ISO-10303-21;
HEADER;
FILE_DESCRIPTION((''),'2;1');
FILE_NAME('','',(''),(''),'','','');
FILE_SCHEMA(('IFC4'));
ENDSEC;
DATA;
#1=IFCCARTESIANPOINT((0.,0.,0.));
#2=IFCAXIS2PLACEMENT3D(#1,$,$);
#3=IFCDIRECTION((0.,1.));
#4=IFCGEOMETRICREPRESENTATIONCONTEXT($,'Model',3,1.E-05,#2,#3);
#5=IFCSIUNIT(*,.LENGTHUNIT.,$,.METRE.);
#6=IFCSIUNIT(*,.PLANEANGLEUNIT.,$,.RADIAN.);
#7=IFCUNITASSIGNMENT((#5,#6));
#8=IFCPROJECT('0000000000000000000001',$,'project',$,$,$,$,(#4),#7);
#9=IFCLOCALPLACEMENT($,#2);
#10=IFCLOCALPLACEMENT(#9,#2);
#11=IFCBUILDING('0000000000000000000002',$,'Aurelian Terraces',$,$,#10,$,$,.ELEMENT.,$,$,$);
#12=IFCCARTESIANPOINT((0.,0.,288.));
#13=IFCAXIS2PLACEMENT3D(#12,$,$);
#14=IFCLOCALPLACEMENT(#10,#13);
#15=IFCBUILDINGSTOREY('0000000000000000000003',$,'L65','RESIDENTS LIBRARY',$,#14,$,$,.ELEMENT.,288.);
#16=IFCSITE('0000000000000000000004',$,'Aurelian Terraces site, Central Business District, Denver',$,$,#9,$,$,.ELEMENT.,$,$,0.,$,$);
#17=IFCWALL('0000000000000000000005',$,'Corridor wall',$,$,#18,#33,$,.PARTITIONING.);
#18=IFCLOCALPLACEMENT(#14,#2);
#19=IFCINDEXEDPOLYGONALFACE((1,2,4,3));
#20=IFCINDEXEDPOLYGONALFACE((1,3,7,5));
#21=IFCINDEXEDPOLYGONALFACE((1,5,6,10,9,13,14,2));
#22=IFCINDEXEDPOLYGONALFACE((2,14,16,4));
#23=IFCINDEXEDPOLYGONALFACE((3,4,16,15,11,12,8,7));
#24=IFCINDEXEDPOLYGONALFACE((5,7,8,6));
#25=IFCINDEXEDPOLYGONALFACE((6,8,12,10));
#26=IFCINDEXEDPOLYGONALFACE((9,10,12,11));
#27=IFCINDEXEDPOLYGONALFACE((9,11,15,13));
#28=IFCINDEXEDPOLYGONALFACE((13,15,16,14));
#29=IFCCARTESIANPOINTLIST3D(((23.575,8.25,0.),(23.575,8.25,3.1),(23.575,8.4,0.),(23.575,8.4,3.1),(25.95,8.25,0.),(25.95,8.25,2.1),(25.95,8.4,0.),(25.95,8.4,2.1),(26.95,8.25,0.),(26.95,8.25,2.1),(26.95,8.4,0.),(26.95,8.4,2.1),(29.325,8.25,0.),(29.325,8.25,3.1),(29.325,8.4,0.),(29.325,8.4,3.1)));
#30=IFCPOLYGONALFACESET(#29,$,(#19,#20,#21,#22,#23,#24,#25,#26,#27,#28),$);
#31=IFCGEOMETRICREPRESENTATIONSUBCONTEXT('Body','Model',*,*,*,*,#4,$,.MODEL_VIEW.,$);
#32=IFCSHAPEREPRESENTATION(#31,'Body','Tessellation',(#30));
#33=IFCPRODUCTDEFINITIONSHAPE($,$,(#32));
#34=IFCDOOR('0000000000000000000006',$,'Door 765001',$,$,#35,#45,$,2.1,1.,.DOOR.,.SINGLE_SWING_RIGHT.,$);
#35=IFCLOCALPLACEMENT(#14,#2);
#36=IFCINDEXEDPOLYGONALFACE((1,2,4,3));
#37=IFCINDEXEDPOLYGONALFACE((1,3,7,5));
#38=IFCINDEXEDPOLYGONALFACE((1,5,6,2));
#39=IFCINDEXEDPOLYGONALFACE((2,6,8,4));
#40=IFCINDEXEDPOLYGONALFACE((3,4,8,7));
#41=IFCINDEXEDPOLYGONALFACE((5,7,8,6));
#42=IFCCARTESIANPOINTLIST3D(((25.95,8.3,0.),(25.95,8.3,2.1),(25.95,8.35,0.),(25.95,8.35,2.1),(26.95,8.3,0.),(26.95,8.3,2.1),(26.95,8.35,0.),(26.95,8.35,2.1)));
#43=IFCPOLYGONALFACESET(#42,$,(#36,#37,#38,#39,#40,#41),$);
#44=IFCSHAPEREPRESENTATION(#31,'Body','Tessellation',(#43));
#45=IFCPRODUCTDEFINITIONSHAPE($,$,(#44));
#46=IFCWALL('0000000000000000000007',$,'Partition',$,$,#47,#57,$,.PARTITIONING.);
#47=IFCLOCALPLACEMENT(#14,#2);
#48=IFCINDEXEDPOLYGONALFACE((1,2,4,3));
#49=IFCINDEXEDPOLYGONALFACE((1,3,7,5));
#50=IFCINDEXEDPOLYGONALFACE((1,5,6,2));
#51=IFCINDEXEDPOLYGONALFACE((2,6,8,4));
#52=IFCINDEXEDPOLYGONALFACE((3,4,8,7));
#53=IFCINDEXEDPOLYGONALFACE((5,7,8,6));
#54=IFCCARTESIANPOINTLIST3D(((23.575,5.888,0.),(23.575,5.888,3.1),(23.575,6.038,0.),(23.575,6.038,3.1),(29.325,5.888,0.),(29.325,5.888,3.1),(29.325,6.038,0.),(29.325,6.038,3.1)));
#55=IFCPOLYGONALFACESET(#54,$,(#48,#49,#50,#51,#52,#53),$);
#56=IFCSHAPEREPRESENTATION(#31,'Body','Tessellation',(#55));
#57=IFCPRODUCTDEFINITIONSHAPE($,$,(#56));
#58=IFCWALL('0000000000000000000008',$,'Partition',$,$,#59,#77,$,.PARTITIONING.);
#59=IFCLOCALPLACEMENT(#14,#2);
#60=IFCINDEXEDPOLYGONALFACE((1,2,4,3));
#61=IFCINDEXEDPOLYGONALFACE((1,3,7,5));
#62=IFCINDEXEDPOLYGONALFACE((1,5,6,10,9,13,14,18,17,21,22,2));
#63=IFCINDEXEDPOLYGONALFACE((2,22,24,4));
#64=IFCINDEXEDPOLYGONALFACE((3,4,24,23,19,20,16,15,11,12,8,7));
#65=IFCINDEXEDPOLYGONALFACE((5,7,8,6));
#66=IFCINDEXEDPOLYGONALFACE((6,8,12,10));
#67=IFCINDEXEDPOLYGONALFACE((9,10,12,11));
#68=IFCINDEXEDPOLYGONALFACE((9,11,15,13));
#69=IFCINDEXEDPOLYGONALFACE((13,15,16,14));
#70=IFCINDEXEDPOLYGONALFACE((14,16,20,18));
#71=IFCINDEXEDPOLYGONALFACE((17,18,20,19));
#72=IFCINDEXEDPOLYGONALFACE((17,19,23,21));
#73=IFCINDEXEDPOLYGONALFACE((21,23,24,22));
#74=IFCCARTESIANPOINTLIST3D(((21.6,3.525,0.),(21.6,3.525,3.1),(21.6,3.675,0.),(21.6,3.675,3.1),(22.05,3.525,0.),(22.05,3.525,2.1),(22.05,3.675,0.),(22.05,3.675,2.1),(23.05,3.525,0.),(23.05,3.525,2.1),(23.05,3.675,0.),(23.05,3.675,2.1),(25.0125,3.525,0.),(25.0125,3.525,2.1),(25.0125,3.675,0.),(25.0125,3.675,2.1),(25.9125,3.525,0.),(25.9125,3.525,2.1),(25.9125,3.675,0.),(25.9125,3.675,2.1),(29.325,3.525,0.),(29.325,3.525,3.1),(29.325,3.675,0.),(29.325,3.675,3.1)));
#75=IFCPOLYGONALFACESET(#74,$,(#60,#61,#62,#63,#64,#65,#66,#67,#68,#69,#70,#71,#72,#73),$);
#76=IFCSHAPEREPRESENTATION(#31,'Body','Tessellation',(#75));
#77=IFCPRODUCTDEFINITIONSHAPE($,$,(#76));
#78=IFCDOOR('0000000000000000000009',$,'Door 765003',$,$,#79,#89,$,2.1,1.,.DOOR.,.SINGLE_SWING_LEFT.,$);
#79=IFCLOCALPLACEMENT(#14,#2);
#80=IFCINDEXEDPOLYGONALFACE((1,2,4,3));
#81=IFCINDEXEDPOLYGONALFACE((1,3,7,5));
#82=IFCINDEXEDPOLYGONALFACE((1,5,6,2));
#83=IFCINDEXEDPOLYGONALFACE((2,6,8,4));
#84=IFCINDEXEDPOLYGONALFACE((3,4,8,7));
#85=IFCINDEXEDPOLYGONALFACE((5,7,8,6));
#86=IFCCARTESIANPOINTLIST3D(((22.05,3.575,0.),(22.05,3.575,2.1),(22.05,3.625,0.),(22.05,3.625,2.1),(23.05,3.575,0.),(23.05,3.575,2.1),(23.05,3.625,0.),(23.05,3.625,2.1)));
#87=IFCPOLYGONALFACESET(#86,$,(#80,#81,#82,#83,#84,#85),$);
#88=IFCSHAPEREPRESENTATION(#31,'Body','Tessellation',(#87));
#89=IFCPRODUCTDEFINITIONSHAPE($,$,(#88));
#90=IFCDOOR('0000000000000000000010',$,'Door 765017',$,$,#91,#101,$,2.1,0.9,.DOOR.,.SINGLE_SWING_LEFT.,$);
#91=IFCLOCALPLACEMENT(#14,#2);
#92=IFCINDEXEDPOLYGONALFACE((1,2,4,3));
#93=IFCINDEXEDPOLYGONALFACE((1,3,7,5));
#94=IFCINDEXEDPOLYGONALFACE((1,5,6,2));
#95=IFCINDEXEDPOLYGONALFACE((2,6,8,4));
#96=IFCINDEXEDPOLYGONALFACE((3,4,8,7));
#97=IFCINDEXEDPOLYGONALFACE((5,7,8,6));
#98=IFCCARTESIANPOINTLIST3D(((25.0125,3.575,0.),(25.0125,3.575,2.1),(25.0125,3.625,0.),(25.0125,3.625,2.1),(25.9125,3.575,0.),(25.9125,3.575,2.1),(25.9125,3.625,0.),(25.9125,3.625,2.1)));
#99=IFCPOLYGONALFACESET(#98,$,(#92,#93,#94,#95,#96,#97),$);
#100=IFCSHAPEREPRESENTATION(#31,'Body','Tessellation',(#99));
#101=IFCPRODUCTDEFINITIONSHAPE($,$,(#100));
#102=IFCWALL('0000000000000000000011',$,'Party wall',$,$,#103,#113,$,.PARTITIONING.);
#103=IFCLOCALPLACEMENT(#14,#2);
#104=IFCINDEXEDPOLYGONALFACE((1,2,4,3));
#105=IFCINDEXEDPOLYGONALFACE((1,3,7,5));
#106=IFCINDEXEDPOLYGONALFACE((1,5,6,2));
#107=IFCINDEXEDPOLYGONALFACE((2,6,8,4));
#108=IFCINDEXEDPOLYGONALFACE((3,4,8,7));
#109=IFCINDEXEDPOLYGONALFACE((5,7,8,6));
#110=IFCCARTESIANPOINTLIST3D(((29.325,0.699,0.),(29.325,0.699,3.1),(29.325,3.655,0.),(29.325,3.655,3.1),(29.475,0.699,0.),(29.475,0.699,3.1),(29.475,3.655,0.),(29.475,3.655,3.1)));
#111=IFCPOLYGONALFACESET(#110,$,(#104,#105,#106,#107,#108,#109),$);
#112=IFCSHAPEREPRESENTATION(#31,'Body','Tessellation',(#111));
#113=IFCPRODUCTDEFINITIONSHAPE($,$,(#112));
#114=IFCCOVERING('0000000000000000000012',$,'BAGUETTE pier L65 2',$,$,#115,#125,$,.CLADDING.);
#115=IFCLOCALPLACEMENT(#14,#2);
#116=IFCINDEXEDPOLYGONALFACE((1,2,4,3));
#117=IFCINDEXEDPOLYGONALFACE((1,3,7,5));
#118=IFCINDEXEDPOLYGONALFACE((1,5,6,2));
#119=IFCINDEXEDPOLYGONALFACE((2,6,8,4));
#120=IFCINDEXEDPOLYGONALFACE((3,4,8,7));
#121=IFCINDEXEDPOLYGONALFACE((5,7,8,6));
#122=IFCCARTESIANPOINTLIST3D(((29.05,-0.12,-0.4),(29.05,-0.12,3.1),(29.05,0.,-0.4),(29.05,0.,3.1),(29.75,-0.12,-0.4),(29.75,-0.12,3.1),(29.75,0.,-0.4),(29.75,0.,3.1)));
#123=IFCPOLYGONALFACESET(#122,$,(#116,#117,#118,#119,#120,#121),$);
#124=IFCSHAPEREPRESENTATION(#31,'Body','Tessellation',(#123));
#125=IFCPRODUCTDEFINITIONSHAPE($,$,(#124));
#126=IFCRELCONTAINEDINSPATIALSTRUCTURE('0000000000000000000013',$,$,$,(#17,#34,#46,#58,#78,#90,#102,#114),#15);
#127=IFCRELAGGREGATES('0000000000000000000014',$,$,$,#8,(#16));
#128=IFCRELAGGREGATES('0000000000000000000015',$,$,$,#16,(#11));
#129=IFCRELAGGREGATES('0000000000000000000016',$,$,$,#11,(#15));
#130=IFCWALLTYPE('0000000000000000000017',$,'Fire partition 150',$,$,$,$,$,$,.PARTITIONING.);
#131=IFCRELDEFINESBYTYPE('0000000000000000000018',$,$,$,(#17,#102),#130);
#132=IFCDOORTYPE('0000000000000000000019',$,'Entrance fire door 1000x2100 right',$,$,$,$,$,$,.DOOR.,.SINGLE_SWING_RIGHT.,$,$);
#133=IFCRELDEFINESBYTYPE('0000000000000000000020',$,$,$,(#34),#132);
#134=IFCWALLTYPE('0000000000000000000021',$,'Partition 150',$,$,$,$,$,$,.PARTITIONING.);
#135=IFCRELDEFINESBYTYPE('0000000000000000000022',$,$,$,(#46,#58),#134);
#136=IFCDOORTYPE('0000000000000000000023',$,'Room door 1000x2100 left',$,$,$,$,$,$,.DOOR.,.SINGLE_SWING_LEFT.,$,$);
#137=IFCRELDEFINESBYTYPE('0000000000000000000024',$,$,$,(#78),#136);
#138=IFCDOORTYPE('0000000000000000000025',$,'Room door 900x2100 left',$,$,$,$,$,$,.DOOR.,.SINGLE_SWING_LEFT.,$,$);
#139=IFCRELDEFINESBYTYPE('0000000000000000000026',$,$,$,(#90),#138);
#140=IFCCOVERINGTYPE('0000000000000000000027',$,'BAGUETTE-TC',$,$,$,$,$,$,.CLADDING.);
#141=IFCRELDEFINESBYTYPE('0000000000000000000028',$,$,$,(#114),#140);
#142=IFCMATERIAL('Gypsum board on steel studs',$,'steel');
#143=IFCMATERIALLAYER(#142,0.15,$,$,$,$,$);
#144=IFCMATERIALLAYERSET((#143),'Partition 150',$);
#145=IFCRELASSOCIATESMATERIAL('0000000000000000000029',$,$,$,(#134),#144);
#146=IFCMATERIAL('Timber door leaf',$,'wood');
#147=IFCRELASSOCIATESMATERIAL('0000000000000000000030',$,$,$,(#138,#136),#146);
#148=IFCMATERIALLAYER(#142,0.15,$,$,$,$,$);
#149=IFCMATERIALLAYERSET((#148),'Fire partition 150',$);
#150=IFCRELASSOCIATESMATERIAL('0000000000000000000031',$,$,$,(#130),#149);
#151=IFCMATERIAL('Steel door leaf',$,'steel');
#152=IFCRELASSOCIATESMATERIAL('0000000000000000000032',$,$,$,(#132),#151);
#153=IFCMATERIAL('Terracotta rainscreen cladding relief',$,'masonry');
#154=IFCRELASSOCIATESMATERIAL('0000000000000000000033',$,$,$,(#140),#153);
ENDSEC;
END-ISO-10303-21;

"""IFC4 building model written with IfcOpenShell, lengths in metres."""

from ifc_helpers import new_model, si_unit, direction, frame, frame_2d, origin, origin_2d, place, context, subcontext, project, spatial, rectangle, extrude, source, transform, mapped, material, layer, layer_set, type_object, element, fill, save


model = new_model("IFC4")

# Units and contexts
model_context = context("Model", 3, precision=1e-05, world=origin(), true_north=direction((0.0, 1.0)))
body_context = subcontext(model_context, "Body", "Model", "MODEL_VIEW")
ifc_project = project(units=[si_unit("LENGTHUNIT", "METRE"), si_unit("PLANEANGLEUNIT", "RADIAN")], contexts=[model_context])

# Site, building, storey
site_placement = place(None, origin())
site = spatial("IfcSite", under=ifc_project, at=site_placement, Name="Aurelian Terraces site, Central Business District, Denver", CompositionType="ELEMENT", RefElevation=0.0)
building_placement = place(site_placement, origin())
building = spatial("IfcBuilding", under=site, at=building_placement, Name="Aurelian Terraces", CompositionType="ELEMENT")
storey_placement = place(building_placement, frame((0.0, 0.0, 288.0)))
storey = spatial("IfcBuildingStorey", under=building, at=storey_placement, Name="L65", Description="RESIDENTS LIBRARY", CompositionType="ELEMENT", Elevation=288.0)

# Shared definitions
ifc_material_1 = material(Name="Steel door leaf", Category="steel")

# Shared definitions
ifc_material_2 = material(Name="Gypsum board on steel studs", Category="steel")

# Wall, opening, door
ifc_layer_1 = layer(ifc_material_2, 0.15)
ifc_layer_set_1 = layer_set([ifc_layer_1], Name="Partition 150")
wall_type_1 = type_object("IfcWallType", Name="Partition 150", PredefinedType="PARTITIONING", material=ifc_layer_set_1)
shared_shape_1 = source(origin(), body_context, "Body", "SweptSolid", [
    extrude(rectangle(XDim=0.9, YDim=2.1, at=frame_2d((0.45, 1.05))), frame((0.0, 0.085, 0.0), z_axis=(0.0, -1.0, 0.0), x_axis=(1.0, 0.0, 0.0)), (0.0, 0.0, 1.0), 0.17),
])
ifc_material_3 = material(Name="Timber door leaf", Category="wood")
door_type_1 = type_object("IfcDoorType", Name="Room door 900x2100 left", OperationType="SINGLE_SWING_LEFT", PredefinedType="DOOR", material=ifc_material_3)
shared_shape_2 = source(origin(), body_context, "Body", "SweptSolid", [
    extrude(rectangle(XDim=0.9, YDim=2.1, at=frame_2d((0.45, 1.05))), frame((0.0, 0.025, 0.0), z_axis=(0.0, -1.0, 0.0), x_axis=(1.0, 0.0, 0.0)), (0.0, 0.0, 1.0), 0.05),
])
ifc_layer_2 = layer(ifc_material_2, 0.15)
ifc_layer_set_2 = layer_set([ifc_layer_2], Name="Fire partition 150")
wall_type_2 = type_object("IfcWallType", Name="Fire partition 150", PredefinedType="PARTITIONING", material=ifc_layer_set_2)
shared_shape_3 = source(origin(), body_context, "Body", "SweptSolid", [
    extrude(rectangle(XDim=5.75, YDim=0.15, at=frame_2d((2.875, 0.0))), origin(), (0.0, 0.0, 1.0), 3.1),
])
wall_1_placement = place(storey_placement, frame((29.325, 8.325, 0.0), z_axis=(0.0, 0.0, 1.0), x_axis=(-1.0, 0.0, 0.0)))
wall_1 = element("IfcWall", 1, at=wall_1_placement, inside=storey, type_object=wall_type_2, Name="Corridor wall", PredefinedType="PARTITIONING", context=body_context, shape_type="MappedRepresentation", body=[
    mapped(shared_shape_3, transform((0.0, 0.0, 0.0), scale=1.0)),
])
shared_shape_4 = source(origin(), body_context, "Body", "SweptSolid", [
    extrude(rectangle(XDim=1.0, YDim=2.1, at=frame_2d((0.5, 1.05))), frame((0.0, 0.085, 0.0), z_axis=(0.0, -1.0, 0.0), x_axis=(1.0, 0.0, 0.0)), (0.0, 0.0, 1.0), 0.17),
])
opening_1_placement = place(wall_1_placement, frame((2.375, 0.0, 0.0)))
opening_1 = element("IfcOpeningElement", 2, at=opening_1_placement, cuts=wall_1, PredefinedType="OPENING", context=body_context, shape_type="MappedRepresentation", body=[
    mapped(shared_shape_4, transform((0.0, 0.0, 0.0), scale=1.0)),
])
door_type_2 = type_object("IfcDoorType", Name="Entrance fire door 1000x2100 right", OperationType="SINGLE_SWING_RIGHT", PredefinedType="DOOR", material=ifc_material_1)
shared_shape_5 = source(origin(), body_context, "Body", "SweptSolid", [
    extrude(rectangle(XDim=1.0, YDim=2.1, at=frame_2d((0.5, 1.05))), frame((0.0, 0.025, 0.0), z_axis=(0.0, -1.0, 0.0), x_axis=(1.0, 0.0, 0.0)), (0.0, 0.0, 1.0), 0.05),
])
door_1_placement = place(opening_1_placement, origin())
door_1 = element("IfcDoor", 3, at=door_1_placement, inside=storey, type_object=door_type_2, Name="Door 765001", OperationType="SINGLE_SWING_RIGHT", OverallHeight=2.1, OverallWidth=1.0, PredefinedType="DOOR", context=body_context, shape_type="MappedRepresentation", body=[
    mapped(shared_shape_5, transform((0.0, 0.0, 0.0), scale=1.0)),
])
fill(opening_1, door_1)

# Wall
wall_2_placement = place(storey_placement, frame((29.325, 5.963, 0.0), z_axis=(0.0, 0.0, 1.0), x_axis=(-1.0, 0.0, 0.0)))
element("IfcWall", 4, at=wall_2_placement, inside=storey, type_object=wall_type_1, Name="Partition", PredefinedType="PARTITIONING", context=body_context, shape_type="MappedRepresentation", body=[
    mapped(shared_shape_3, transform((0.0, 0.0, 0.0), scale=1.0)),
])

# Wall, openings, doors
shared_shape_6 = source(origin(), body_context, "Body", "SweptSolid", [
    extrude(rectangle(XDim=7.725, YDim=0.15, at=frame_2d((3.8625, 0.0))), origin(), (0.0, 0.0, 1.0), 3.1),
])
wall_3_placement = place(storey_placement, frame((21.6, 3.6, 0.0), z_axis=(0.0, 0.0, 1.0), x_axis=(1.0, 0.0, 0.0)))
wall_3 = element("IfcWall", 5, at=wall_3_placement, inside=storey, type_object=wall_type_1, Name="Partition", PredefinedType="PARTITIONING", context=body_context, shape_type="MappedRepresentation", body=[
    mapped(shared_shape_6, transform((0.0, 0.0, 0.0), scale=1.0)),
])
opening_2_placement = place(wall_3_placement, frame((0.45, 0.0, 0.0)))
opening_2 = element("IfcOpeningElement", 6, at=opening_2_placement, cuts=wall_3, PredefinedType="OPENING", context=body_context, shape_type="MappedRepresentation", body=[
    mapped(shared_shape_4, transform((0.0, 0.0, 0.0), scale=1.0)),
])
opening_3_placement = place(wall_3_placement, frame((3.4125, 0.0, 0.0)))
opening_3 = element("IfcOpeningElement", 7, at=opening_3_placement, cuts=wall_3, PredefinedType="OPENING", context=body_context, shape_type="MappedRepresentation", body=[
    mapped(shared_shape_1, transform((0.0, 0.0, 0.0), scale=1.0)),
])
door_type_3 = type_object("IfcDoorType", Name="Room door 1000x2100 left", OperationType="SINGLE_SWING_LEFT", PredefinedType="DOOR", material=ifc_material_3)
door_2_placement = place(opening_2_placement, origin())
door_2 = element("IfcDoor", 8, at=door_2_placement, inside=storey, type_object=door_type_3, Name="Door 765003", OperationType="SINGLE_SWING_LEFT", OverallHeight=2.1, OverallWidth=1.0, PredefinedType="DOOR", context=body_context, shape_type="MappedRepresentation", body=[
    mapped(shared_shape_5, transform((0.0, 0.0, 0.0), scale=1.0)),
])
fill(opening_2, door_2)
door_3_placement = place(opening_3_placement, origin())
door_3 = element("IfcDoor", 9, at=door_3_placement, inside=storey, type_object=door_type_1, Name="Door 765017", OperationType="SINGLE_SWING_LEFT", OverallHeight=2.1, OverallWidth=0.9, PredefinedType="DOOR", context=body_context, shape_type="MappedRepresentation", body=[
    mapped(shared_shape_2, transform((0.0, 0.0, 0.0), scale=1.0)),
])
fill(opening_3, door_3)

# Wall
shared_shape_7 = source(origin(), body_context, "Body", "SweptSolid", [
    extrude(rectangle(XDim=2.956, YDim=0.15, at=frame_2d((1.478, 0.0))), origin(), (0.0, 0.0, 1.0), 3.1),
])
wall_4_placement = place(storey_placement, frame((29.4, 0.699, 0.0), z_axis=(0.0, 0.0, 1.0), x_axis=(0.0, 1.0, 0.0)))
element("IfcWall", 10, at=wall_4_placement, inside=storey, type_object=wall_type_2, Name="Party wall", PredefinedType="PARTITIONING", context=body_context, shape_type="MappedRepresentation", body=[
    mapped(shared_shape_7, transform((0.0, 0.0, 0.0), scale=1.0)),
])

# Covering
ifc_material_4 = material(Name="Terracotta rainscreen cladding relief", Category="masonry")
covering_type = type_object("IfcCoveringType", Name="BAGUETTE-TC", PredefinedType="CLADDING", material=ifc_material_4)
shared_shape_8 = source(origin(), body_context, "Body", "SweptSolid", [
    extrude(rectangle(XDim=0.7, YDim=0.12, at=origin_2d()), origin(), (0.0, 0.0, 1.0), 3.5),
])
covering_placement = place(storey_placement, frame((29.4, -0.06, -0.4), z_axis=(0.0, 0.0, 1.0), x_axis=(1.0, 0.0, 0.0)))
element("IfcCovering", 11, at=covering_placement, inside=storey, type_object=covering_type, Name="BAGUETTE pier L65 2", PredefinedType="CLADDING", context=body_context, shape_type="MappedRepresentation", body=[
    mapped(shared_shape_8, transform((0.0, 0.0, 0.0), scale=1.0)),
])

save(model, "model.ifc")
